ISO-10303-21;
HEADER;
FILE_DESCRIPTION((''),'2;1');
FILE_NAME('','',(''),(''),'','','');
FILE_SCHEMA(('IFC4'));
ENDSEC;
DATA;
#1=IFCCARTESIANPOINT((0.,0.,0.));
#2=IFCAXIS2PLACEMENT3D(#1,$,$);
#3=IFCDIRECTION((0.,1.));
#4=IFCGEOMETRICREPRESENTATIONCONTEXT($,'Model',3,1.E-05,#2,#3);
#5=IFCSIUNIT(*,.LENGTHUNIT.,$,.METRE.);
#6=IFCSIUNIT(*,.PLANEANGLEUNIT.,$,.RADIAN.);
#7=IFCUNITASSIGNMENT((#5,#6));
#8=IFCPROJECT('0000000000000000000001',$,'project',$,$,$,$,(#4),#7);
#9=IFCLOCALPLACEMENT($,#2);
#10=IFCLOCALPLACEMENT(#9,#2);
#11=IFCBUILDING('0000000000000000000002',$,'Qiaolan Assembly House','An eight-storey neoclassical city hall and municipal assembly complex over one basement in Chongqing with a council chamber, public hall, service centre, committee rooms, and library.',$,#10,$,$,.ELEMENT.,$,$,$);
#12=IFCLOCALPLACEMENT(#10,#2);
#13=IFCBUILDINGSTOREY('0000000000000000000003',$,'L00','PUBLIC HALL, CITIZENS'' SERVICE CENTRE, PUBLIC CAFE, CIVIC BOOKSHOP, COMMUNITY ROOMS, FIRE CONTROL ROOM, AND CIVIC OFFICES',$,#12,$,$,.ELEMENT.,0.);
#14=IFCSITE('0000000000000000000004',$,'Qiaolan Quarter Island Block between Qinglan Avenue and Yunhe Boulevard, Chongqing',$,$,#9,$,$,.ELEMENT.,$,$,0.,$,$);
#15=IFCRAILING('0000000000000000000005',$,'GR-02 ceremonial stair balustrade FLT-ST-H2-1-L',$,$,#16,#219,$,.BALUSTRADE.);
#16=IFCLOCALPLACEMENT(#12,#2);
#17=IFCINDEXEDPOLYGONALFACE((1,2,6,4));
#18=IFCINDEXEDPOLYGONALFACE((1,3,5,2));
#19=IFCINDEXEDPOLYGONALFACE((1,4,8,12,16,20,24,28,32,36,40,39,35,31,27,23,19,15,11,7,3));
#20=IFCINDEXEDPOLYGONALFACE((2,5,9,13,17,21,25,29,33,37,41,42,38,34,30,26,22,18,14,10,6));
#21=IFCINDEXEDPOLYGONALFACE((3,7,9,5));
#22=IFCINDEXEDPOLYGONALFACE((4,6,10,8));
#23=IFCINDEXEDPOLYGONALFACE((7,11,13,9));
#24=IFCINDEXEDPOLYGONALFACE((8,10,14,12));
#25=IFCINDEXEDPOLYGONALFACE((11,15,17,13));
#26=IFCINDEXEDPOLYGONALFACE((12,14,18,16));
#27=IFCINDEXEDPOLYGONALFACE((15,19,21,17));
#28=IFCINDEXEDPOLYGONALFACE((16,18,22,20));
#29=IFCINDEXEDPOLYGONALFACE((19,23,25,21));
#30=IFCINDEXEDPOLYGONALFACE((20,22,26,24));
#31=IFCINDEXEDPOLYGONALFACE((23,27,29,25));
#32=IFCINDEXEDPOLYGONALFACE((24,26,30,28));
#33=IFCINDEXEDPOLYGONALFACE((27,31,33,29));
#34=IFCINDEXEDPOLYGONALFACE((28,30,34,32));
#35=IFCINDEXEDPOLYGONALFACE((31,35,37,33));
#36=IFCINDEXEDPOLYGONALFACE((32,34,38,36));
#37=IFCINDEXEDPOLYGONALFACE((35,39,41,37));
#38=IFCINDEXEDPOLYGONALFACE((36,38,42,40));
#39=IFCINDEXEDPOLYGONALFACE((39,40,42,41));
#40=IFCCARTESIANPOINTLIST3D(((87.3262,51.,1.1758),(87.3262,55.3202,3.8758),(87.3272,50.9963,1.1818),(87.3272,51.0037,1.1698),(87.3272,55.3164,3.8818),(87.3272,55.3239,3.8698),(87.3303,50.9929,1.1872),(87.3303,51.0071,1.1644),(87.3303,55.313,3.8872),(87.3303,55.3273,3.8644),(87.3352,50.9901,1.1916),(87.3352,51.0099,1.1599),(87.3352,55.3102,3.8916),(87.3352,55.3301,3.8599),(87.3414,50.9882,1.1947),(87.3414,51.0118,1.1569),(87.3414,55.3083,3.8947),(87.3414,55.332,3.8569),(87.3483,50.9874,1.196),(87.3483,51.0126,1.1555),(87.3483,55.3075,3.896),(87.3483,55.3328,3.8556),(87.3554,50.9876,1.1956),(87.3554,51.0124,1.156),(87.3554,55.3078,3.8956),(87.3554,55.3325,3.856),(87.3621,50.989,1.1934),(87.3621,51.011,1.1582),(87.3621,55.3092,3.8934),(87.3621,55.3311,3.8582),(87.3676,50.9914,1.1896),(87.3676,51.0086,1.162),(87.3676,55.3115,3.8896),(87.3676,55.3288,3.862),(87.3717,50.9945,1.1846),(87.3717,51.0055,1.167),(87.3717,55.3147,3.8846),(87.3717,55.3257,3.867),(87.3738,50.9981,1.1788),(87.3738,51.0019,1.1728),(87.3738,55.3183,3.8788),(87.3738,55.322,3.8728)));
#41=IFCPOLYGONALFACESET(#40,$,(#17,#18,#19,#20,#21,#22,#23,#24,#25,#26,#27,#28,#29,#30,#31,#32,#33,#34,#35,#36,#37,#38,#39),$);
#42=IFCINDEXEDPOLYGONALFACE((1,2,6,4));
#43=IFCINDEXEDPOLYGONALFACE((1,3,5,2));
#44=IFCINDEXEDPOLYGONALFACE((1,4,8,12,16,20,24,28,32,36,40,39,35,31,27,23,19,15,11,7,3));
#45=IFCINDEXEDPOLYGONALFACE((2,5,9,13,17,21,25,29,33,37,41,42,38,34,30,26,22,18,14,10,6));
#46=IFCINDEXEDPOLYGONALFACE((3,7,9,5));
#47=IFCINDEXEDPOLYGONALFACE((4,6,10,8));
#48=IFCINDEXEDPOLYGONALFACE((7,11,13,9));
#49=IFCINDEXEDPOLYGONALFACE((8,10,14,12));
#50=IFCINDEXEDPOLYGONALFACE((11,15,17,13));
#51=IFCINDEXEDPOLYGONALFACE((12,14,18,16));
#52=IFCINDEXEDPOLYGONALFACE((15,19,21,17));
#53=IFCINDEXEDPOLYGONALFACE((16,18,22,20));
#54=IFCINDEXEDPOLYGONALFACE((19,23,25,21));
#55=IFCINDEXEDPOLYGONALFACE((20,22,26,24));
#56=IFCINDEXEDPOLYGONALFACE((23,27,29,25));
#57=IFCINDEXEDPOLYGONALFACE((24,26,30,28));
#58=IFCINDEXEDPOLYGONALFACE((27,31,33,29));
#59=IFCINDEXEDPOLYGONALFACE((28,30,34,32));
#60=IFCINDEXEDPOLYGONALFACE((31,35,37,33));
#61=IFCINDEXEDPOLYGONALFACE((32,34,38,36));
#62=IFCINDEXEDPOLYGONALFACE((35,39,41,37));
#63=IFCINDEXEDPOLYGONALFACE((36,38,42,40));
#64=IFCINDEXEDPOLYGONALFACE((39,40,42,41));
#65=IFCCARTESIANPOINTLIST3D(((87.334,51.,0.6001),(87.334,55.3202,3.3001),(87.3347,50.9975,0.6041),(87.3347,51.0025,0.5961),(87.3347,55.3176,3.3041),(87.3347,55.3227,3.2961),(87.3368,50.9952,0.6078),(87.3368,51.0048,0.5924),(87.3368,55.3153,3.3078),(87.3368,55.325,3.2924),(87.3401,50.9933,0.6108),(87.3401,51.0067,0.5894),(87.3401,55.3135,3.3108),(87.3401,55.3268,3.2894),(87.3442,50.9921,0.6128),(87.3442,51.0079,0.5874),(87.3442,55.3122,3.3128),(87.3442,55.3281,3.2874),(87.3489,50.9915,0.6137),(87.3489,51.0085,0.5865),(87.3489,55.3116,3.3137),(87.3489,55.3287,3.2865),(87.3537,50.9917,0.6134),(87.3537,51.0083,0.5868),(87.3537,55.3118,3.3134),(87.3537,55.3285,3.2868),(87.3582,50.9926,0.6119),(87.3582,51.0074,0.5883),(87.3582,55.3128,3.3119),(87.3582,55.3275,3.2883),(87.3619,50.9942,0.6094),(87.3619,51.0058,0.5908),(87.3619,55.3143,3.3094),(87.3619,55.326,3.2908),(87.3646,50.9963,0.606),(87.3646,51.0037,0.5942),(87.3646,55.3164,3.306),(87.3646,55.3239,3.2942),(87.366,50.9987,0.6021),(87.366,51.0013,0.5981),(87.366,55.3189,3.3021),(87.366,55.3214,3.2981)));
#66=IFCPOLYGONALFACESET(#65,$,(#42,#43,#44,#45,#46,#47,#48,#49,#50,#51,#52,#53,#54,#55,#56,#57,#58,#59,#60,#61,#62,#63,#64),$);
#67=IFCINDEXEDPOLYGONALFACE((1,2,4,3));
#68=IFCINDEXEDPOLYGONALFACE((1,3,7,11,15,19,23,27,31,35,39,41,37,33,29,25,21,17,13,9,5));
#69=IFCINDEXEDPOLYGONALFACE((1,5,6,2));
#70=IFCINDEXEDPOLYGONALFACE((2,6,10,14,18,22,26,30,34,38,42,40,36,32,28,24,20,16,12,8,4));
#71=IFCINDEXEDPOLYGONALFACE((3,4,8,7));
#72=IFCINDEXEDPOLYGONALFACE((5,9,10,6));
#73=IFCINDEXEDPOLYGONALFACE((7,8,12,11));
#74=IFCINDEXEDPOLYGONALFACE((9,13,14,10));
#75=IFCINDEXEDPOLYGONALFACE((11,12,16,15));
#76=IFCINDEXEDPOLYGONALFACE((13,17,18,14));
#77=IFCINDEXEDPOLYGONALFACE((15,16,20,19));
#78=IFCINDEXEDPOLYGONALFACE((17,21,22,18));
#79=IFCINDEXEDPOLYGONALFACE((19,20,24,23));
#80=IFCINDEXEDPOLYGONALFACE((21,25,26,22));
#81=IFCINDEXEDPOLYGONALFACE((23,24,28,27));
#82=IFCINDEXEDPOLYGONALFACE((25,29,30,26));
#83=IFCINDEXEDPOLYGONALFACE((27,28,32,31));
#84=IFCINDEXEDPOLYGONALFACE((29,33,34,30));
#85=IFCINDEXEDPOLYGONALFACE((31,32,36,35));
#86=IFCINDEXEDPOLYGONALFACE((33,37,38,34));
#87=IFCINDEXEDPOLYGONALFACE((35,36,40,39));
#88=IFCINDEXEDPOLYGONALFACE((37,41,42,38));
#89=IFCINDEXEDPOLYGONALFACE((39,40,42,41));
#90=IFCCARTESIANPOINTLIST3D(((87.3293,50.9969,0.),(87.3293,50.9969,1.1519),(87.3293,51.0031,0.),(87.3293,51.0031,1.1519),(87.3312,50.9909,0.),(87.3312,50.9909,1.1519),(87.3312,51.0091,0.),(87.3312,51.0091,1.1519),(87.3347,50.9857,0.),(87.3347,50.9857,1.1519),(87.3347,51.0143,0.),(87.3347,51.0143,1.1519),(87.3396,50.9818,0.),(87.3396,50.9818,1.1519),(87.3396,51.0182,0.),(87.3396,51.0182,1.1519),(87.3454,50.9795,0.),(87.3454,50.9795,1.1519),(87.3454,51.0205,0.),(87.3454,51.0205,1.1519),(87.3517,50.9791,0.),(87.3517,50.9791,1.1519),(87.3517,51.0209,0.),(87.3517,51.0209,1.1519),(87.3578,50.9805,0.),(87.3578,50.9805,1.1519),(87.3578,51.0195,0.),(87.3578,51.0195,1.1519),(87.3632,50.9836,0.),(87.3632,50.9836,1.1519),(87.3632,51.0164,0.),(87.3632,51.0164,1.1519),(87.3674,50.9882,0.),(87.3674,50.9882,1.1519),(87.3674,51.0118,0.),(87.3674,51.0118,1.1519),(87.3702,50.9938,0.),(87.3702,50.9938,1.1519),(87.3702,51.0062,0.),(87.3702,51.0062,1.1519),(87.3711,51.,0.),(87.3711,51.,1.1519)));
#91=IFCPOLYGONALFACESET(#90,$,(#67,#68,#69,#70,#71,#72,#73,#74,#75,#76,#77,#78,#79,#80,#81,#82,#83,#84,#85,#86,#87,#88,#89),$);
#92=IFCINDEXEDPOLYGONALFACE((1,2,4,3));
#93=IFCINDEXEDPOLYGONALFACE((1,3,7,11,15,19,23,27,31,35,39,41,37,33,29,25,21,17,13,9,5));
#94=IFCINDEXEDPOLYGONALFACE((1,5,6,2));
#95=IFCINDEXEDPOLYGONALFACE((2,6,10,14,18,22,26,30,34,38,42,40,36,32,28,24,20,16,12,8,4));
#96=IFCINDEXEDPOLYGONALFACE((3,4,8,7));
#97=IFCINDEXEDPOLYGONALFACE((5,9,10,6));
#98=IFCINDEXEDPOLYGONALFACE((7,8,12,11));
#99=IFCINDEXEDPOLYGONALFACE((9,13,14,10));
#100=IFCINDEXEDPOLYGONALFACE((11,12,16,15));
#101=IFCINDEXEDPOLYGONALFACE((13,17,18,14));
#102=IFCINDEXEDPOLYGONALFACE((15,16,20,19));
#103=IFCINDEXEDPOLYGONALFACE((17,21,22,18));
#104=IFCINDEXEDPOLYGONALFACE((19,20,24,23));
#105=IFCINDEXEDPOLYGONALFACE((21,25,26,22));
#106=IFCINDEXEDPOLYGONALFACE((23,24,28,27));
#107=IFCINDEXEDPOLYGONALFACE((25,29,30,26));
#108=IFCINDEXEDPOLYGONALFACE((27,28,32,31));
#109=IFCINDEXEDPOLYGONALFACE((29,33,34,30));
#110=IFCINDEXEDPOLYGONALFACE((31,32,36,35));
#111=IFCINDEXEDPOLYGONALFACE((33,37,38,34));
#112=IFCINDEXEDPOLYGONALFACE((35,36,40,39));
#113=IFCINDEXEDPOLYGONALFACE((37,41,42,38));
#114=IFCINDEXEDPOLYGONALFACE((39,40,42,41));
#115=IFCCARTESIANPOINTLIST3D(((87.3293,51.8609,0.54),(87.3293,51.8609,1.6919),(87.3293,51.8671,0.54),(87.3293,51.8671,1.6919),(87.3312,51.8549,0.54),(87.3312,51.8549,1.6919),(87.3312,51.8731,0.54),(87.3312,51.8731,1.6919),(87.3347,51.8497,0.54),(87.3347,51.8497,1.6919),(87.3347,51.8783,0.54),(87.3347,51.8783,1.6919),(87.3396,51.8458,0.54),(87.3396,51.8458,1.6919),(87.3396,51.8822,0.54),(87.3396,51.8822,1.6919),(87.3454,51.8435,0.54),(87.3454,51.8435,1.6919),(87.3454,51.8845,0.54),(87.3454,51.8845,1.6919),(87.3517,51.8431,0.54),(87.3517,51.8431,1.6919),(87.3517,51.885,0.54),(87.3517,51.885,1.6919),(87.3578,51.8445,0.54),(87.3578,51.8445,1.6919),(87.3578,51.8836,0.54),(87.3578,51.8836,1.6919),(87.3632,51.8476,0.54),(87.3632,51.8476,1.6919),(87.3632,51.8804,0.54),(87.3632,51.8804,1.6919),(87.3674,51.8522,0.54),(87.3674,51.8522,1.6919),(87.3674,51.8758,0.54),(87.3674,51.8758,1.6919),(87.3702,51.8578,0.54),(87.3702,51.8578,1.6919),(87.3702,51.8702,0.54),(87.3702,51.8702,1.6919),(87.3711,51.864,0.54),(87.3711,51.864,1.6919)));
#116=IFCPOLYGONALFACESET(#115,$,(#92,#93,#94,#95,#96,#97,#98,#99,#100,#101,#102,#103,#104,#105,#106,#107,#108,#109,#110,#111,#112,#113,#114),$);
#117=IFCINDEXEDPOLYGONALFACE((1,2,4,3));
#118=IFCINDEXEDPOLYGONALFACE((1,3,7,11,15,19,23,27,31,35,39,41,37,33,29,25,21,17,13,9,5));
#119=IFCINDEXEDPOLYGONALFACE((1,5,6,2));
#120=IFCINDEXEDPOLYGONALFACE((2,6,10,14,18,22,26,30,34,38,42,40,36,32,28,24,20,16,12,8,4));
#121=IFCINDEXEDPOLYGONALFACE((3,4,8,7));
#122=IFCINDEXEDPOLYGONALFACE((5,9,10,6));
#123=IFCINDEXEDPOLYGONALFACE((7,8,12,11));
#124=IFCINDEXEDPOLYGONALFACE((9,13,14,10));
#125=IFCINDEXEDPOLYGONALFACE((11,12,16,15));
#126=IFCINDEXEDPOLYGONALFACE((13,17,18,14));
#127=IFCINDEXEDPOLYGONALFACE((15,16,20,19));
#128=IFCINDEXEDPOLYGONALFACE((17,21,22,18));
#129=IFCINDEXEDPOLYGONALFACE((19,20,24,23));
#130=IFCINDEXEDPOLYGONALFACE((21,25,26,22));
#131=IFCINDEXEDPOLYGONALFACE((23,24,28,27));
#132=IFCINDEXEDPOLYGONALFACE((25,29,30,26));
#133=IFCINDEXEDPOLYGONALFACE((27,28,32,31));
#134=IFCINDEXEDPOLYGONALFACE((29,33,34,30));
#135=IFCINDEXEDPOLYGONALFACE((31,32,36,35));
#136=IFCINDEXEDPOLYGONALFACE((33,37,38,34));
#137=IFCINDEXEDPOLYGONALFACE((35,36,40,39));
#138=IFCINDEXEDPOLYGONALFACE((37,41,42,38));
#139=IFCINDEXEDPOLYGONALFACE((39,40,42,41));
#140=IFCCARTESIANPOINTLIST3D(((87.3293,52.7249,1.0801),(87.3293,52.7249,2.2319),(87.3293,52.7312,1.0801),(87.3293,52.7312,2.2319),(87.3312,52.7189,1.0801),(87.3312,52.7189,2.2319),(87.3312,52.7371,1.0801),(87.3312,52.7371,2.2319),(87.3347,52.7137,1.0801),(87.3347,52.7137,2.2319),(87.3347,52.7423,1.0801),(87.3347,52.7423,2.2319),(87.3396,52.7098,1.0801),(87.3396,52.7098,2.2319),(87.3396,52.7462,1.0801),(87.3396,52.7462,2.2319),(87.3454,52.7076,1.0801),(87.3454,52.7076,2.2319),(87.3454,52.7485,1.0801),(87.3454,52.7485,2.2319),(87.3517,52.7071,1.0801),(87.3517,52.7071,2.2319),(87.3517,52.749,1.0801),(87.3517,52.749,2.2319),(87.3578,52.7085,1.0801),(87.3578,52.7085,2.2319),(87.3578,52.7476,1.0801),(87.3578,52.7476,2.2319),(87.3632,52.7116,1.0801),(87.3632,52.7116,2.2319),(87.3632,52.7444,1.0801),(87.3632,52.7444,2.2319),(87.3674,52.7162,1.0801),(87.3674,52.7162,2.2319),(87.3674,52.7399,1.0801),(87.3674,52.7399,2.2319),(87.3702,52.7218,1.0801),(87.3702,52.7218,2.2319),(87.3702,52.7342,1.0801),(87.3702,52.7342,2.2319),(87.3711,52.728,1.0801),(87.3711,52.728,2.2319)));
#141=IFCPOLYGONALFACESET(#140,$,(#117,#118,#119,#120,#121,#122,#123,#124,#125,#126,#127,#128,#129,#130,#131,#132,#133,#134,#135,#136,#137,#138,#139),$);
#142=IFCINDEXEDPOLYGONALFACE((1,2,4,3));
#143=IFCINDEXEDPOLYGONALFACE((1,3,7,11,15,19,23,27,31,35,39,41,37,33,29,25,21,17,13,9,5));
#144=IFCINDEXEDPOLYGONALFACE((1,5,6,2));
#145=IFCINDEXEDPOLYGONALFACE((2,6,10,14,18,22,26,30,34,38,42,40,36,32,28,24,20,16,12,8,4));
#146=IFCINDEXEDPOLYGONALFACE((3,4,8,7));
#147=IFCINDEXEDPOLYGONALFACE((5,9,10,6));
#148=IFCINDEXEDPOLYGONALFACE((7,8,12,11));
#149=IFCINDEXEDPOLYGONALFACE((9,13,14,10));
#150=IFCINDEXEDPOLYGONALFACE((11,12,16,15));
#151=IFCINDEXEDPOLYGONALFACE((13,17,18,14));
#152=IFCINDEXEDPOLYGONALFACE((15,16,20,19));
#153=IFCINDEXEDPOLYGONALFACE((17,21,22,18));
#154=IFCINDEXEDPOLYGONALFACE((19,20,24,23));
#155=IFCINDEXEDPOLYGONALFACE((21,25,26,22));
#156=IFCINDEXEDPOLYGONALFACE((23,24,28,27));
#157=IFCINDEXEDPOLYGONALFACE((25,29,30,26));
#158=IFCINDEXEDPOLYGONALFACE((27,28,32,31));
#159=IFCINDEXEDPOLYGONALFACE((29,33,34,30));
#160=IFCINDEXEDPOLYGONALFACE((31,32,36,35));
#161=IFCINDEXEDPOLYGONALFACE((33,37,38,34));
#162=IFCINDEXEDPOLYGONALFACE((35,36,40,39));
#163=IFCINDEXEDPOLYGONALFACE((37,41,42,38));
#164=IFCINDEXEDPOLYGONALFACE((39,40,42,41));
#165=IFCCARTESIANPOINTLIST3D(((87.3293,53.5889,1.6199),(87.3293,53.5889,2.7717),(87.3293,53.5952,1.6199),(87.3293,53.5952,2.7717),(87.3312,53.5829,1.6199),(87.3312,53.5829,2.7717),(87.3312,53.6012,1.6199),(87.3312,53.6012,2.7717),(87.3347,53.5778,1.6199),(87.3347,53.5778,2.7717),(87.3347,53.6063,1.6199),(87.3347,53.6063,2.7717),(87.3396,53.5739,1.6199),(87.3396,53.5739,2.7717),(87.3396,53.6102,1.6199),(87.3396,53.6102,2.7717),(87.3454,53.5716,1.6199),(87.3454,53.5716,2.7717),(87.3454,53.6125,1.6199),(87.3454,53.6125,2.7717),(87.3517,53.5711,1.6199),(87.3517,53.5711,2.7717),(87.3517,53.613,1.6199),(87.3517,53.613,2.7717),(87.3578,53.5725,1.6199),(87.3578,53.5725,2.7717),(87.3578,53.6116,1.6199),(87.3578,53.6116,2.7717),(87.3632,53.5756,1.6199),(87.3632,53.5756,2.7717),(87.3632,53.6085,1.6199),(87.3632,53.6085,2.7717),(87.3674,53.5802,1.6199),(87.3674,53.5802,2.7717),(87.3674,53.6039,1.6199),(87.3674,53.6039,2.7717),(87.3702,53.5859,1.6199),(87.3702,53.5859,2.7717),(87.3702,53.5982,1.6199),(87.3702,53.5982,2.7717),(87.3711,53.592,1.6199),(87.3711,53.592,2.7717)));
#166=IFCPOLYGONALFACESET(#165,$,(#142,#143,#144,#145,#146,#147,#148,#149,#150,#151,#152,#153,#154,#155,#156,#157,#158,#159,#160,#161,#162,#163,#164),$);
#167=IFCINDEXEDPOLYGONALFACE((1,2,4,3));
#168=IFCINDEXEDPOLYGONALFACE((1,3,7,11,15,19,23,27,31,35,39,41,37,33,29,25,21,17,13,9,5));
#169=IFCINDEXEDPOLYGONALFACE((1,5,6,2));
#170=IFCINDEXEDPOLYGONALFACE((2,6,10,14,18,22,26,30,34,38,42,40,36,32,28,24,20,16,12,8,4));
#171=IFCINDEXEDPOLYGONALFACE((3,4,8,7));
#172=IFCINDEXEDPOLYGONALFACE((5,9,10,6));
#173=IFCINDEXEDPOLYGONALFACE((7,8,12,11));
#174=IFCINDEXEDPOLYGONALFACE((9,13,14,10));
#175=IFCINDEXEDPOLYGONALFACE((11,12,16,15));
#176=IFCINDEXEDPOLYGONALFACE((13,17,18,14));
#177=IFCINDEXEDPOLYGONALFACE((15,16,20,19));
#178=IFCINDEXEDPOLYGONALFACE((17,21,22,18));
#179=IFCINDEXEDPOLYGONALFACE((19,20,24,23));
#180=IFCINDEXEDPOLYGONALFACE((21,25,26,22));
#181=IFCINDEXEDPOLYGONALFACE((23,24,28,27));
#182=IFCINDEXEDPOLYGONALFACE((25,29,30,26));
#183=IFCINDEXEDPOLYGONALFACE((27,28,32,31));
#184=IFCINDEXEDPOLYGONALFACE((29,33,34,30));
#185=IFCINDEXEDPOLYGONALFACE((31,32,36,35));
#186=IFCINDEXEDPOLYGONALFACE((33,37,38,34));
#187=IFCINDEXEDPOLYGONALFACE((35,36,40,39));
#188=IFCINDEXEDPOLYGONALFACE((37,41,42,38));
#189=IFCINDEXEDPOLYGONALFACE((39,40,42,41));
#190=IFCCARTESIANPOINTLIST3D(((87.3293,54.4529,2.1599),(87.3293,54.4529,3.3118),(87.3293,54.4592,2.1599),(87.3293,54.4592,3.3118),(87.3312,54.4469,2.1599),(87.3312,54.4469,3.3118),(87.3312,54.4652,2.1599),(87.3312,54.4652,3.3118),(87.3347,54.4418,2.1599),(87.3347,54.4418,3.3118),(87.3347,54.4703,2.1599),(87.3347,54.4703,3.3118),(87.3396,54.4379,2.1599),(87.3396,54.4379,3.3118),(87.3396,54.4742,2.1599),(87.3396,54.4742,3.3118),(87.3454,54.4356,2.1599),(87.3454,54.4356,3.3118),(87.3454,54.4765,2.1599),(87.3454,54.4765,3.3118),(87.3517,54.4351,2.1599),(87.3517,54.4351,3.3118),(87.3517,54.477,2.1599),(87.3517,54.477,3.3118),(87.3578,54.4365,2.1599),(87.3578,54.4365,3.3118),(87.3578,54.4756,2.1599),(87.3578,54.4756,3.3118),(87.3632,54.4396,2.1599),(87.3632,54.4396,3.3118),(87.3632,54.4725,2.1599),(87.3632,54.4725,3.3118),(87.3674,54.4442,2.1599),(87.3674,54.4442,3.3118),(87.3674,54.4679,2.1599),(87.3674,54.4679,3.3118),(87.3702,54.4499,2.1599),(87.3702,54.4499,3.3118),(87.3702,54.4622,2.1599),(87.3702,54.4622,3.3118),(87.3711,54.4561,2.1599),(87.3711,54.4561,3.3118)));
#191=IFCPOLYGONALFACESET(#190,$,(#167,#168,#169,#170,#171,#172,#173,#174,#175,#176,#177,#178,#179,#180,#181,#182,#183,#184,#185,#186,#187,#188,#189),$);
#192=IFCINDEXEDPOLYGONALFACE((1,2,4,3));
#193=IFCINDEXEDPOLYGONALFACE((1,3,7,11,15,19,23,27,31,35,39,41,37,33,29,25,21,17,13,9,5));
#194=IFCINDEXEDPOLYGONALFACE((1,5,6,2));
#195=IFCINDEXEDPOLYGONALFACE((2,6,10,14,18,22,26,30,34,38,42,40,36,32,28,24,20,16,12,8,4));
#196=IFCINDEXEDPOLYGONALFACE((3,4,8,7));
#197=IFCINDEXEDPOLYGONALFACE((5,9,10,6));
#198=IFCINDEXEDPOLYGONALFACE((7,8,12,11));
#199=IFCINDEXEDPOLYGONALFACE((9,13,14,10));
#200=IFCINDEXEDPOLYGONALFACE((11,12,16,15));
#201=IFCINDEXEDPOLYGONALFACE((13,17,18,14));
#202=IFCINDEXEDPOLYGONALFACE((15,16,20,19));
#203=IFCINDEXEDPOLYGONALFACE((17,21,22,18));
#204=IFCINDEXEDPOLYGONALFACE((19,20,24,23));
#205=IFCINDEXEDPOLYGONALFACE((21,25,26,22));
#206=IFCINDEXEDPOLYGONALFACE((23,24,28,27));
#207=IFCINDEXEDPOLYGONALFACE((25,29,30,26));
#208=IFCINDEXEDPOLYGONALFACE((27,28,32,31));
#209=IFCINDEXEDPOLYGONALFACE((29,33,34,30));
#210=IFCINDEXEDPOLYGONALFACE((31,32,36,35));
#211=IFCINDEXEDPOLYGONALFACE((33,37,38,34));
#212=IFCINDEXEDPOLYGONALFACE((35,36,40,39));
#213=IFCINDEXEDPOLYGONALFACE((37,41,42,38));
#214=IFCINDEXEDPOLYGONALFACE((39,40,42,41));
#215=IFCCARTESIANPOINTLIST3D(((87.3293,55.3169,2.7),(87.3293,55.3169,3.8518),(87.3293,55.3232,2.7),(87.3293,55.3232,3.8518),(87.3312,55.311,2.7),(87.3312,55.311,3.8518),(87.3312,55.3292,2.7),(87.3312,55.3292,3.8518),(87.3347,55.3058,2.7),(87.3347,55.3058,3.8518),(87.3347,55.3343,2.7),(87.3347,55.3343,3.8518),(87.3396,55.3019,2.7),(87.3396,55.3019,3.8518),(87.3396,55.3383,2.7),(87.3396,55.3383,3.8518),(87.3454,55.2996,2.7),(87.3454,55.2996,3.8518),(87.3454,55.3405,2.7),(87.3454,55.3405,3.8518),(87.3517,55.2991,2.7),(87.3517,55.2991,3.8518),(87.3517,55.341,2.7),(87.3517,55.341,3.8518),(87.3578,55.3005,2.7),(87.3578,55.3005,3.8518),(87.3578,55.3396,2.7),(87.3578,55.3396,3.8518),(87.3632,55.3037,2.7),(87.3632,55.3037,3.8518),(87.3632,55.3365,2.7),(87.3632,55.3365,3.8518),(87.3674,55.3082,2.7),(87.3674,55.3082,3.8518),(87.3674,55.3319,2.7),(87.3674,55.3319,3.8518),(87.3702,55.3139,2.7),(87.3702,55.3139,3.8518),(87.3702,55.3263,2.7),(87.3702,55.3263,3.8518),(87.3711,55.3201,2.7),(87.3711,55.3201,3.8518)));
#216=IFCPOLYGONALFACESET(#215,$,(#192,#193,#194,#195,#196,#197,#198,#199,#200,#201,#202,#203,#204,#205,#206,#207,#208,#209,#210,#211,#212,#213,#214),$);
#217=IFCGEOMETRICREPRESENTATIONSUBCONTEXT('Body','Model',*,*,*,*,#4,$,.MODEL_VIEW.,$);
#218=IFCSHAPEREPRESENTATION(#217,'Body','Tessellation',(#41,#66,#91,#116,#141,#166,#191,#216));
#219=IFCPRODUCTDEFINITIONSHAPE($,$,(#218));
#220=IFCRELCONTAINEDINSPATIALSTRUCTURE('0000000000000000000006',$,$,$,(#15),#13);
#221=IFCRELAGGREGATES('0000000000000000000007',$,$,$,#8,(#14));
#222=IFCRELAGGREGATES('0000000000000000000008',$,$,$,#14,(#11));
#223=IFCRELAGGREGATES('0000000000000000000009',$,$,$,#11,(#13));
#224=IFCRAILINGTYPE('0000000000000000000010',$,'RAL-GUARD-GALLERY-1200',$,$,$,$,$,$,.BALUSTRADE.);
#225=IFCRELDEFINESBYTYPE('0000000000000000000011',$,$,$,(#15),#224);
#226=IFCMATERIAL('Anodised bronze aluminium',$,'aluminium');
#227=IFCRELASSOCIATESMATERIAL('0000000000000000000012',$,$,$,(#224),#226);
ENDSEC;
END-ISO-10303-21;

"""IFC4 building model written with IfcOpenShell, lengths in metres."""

from ifc_helpers import new_model, si_unit, direction, frame, origin, origin_2d, place, context, subcontext, project, spatial, circle, extrude, material, type_object, element, save


model = new_model("IFC4")

# Units and contexts
model_context = context("Model", 3, precision=1e-05, world=origin(), true_north=direction((0.0, 1.0)))
body_context = subcontext(model_context, "Body", "Model", "MODEL_VIEW")
ifc_project = project(units=[si_unit("LENGTHUNIT", "METRE"), si_unit("PLANEANGLEUNIT", "RADIAN")], contexts=[model_context])

# Site, building, storey
site_placement = place(None, origin())
site = spatial("IfcSite", under=ifc_project, at=site_placement, Name="Qiaolan Quarter Island Block between Qinglan Avenue and Yunhe Boulevard, Chongqing", CompositionType="ELEMENT", RefElevation=0.0)
building_placement = place(site_placement, origin())
building = spatial("IfcBuilding", under=site, at=building_placement, Name="Qiaolan Assembly House", Description="An eight-storey neoclassical city hall and municipal assembly complex over one basement in Chongqing with a council chamber, public hall, service centre, committee rooms, and library.", CompositionType="ELEMENT")
storey_placement = place(building_placement, origin())
storey = spatial("IfcBuildingStorey", under=building, at=storey_placement, Name="L00", Description="PUBLIC HALL, CITIZENS' SERVICE CENTRE, PUBLIC CAFE, CIVIC BOOKSHOP, COMMUNITY ROOMS, FIRE CONTROL ROOM, AND CIVIC OFFICES", CompositionType="ELEMENT", Elevation=0.0)

# Railing
ifc_material_1 = material(Name="Anodised bronze aluminium", Category="aluminium")
railing_type = type_object("IfcRailingType", Name="RAL-GUARD-GALLERY-1200", PredefinedType="BALUSTRADE", material=ifc_material_1)
railing_1_placement = place(storey_placement, frame((87.3501, 51.0, 0.0)))
element("IfcRailing", 1, at=railing_1_placement, inside=storey, type_object=railing_type, Name="GR-02 ceremonial stair balustrade FLT-ST-H2-1-L", PredefinedType="BALUSTRADE", context=body_context, shape_type="SweptSolid", body=[
    extrude(circle(Radius=0.0239, at=origin_2d()), frame((0.0, 0.0, 1.1758), z_axis=(0.0, 0.848006, 0.529986), x_axis=(-1.0, 0.0, 0.0)), (0.0, 0.0, 1.0), 5.0945),
    extrude(circle(Radius=0.0161, at=origin_2d()), frame((0.0, 0.0, 0.6001), z_axis=(0.0, 0.848006, 0.529986), x_axis=(-1.0, 0.0, 0.0)), (0.0, 0.0, 1.0), 5.0945),
    extrude(circle(Radius=0.021, at=origin_2d()), origin(), (0.0, 0.0, 1.0), 1.1519),
    extrude(circle(Radius=0.021, at=origin_2d()), frame((0.0, 0.864, 0.54)), (0.0, 0.0, 1.0), 1.1519),
    extrude(circle(Radius=0.021, at=origin_2d()), frame((0.0, 1.728, 1.0801)), (0.0, 0.0, 1.0), 1.1519),
    extrude(circle(Radius=0.021, at=origin_2d()), frame((0.0, 2.592, 1.6199)), (0.0, 0.0, 1.0), 1.1519),
    extrude(circle(Radius=0.021, at=origin_2d()), frame((0.0, 3.4561, 2.1599)), (0.0, 0.0, 1.0), 1.1519),
    extrude(circle(Radius=0.021, at=origin_2d()), frame((0.0, 4.3201, 2.7)), (0.0, 0.0, 1.0), 1.1519),
])

save(model, "model.ifc")
